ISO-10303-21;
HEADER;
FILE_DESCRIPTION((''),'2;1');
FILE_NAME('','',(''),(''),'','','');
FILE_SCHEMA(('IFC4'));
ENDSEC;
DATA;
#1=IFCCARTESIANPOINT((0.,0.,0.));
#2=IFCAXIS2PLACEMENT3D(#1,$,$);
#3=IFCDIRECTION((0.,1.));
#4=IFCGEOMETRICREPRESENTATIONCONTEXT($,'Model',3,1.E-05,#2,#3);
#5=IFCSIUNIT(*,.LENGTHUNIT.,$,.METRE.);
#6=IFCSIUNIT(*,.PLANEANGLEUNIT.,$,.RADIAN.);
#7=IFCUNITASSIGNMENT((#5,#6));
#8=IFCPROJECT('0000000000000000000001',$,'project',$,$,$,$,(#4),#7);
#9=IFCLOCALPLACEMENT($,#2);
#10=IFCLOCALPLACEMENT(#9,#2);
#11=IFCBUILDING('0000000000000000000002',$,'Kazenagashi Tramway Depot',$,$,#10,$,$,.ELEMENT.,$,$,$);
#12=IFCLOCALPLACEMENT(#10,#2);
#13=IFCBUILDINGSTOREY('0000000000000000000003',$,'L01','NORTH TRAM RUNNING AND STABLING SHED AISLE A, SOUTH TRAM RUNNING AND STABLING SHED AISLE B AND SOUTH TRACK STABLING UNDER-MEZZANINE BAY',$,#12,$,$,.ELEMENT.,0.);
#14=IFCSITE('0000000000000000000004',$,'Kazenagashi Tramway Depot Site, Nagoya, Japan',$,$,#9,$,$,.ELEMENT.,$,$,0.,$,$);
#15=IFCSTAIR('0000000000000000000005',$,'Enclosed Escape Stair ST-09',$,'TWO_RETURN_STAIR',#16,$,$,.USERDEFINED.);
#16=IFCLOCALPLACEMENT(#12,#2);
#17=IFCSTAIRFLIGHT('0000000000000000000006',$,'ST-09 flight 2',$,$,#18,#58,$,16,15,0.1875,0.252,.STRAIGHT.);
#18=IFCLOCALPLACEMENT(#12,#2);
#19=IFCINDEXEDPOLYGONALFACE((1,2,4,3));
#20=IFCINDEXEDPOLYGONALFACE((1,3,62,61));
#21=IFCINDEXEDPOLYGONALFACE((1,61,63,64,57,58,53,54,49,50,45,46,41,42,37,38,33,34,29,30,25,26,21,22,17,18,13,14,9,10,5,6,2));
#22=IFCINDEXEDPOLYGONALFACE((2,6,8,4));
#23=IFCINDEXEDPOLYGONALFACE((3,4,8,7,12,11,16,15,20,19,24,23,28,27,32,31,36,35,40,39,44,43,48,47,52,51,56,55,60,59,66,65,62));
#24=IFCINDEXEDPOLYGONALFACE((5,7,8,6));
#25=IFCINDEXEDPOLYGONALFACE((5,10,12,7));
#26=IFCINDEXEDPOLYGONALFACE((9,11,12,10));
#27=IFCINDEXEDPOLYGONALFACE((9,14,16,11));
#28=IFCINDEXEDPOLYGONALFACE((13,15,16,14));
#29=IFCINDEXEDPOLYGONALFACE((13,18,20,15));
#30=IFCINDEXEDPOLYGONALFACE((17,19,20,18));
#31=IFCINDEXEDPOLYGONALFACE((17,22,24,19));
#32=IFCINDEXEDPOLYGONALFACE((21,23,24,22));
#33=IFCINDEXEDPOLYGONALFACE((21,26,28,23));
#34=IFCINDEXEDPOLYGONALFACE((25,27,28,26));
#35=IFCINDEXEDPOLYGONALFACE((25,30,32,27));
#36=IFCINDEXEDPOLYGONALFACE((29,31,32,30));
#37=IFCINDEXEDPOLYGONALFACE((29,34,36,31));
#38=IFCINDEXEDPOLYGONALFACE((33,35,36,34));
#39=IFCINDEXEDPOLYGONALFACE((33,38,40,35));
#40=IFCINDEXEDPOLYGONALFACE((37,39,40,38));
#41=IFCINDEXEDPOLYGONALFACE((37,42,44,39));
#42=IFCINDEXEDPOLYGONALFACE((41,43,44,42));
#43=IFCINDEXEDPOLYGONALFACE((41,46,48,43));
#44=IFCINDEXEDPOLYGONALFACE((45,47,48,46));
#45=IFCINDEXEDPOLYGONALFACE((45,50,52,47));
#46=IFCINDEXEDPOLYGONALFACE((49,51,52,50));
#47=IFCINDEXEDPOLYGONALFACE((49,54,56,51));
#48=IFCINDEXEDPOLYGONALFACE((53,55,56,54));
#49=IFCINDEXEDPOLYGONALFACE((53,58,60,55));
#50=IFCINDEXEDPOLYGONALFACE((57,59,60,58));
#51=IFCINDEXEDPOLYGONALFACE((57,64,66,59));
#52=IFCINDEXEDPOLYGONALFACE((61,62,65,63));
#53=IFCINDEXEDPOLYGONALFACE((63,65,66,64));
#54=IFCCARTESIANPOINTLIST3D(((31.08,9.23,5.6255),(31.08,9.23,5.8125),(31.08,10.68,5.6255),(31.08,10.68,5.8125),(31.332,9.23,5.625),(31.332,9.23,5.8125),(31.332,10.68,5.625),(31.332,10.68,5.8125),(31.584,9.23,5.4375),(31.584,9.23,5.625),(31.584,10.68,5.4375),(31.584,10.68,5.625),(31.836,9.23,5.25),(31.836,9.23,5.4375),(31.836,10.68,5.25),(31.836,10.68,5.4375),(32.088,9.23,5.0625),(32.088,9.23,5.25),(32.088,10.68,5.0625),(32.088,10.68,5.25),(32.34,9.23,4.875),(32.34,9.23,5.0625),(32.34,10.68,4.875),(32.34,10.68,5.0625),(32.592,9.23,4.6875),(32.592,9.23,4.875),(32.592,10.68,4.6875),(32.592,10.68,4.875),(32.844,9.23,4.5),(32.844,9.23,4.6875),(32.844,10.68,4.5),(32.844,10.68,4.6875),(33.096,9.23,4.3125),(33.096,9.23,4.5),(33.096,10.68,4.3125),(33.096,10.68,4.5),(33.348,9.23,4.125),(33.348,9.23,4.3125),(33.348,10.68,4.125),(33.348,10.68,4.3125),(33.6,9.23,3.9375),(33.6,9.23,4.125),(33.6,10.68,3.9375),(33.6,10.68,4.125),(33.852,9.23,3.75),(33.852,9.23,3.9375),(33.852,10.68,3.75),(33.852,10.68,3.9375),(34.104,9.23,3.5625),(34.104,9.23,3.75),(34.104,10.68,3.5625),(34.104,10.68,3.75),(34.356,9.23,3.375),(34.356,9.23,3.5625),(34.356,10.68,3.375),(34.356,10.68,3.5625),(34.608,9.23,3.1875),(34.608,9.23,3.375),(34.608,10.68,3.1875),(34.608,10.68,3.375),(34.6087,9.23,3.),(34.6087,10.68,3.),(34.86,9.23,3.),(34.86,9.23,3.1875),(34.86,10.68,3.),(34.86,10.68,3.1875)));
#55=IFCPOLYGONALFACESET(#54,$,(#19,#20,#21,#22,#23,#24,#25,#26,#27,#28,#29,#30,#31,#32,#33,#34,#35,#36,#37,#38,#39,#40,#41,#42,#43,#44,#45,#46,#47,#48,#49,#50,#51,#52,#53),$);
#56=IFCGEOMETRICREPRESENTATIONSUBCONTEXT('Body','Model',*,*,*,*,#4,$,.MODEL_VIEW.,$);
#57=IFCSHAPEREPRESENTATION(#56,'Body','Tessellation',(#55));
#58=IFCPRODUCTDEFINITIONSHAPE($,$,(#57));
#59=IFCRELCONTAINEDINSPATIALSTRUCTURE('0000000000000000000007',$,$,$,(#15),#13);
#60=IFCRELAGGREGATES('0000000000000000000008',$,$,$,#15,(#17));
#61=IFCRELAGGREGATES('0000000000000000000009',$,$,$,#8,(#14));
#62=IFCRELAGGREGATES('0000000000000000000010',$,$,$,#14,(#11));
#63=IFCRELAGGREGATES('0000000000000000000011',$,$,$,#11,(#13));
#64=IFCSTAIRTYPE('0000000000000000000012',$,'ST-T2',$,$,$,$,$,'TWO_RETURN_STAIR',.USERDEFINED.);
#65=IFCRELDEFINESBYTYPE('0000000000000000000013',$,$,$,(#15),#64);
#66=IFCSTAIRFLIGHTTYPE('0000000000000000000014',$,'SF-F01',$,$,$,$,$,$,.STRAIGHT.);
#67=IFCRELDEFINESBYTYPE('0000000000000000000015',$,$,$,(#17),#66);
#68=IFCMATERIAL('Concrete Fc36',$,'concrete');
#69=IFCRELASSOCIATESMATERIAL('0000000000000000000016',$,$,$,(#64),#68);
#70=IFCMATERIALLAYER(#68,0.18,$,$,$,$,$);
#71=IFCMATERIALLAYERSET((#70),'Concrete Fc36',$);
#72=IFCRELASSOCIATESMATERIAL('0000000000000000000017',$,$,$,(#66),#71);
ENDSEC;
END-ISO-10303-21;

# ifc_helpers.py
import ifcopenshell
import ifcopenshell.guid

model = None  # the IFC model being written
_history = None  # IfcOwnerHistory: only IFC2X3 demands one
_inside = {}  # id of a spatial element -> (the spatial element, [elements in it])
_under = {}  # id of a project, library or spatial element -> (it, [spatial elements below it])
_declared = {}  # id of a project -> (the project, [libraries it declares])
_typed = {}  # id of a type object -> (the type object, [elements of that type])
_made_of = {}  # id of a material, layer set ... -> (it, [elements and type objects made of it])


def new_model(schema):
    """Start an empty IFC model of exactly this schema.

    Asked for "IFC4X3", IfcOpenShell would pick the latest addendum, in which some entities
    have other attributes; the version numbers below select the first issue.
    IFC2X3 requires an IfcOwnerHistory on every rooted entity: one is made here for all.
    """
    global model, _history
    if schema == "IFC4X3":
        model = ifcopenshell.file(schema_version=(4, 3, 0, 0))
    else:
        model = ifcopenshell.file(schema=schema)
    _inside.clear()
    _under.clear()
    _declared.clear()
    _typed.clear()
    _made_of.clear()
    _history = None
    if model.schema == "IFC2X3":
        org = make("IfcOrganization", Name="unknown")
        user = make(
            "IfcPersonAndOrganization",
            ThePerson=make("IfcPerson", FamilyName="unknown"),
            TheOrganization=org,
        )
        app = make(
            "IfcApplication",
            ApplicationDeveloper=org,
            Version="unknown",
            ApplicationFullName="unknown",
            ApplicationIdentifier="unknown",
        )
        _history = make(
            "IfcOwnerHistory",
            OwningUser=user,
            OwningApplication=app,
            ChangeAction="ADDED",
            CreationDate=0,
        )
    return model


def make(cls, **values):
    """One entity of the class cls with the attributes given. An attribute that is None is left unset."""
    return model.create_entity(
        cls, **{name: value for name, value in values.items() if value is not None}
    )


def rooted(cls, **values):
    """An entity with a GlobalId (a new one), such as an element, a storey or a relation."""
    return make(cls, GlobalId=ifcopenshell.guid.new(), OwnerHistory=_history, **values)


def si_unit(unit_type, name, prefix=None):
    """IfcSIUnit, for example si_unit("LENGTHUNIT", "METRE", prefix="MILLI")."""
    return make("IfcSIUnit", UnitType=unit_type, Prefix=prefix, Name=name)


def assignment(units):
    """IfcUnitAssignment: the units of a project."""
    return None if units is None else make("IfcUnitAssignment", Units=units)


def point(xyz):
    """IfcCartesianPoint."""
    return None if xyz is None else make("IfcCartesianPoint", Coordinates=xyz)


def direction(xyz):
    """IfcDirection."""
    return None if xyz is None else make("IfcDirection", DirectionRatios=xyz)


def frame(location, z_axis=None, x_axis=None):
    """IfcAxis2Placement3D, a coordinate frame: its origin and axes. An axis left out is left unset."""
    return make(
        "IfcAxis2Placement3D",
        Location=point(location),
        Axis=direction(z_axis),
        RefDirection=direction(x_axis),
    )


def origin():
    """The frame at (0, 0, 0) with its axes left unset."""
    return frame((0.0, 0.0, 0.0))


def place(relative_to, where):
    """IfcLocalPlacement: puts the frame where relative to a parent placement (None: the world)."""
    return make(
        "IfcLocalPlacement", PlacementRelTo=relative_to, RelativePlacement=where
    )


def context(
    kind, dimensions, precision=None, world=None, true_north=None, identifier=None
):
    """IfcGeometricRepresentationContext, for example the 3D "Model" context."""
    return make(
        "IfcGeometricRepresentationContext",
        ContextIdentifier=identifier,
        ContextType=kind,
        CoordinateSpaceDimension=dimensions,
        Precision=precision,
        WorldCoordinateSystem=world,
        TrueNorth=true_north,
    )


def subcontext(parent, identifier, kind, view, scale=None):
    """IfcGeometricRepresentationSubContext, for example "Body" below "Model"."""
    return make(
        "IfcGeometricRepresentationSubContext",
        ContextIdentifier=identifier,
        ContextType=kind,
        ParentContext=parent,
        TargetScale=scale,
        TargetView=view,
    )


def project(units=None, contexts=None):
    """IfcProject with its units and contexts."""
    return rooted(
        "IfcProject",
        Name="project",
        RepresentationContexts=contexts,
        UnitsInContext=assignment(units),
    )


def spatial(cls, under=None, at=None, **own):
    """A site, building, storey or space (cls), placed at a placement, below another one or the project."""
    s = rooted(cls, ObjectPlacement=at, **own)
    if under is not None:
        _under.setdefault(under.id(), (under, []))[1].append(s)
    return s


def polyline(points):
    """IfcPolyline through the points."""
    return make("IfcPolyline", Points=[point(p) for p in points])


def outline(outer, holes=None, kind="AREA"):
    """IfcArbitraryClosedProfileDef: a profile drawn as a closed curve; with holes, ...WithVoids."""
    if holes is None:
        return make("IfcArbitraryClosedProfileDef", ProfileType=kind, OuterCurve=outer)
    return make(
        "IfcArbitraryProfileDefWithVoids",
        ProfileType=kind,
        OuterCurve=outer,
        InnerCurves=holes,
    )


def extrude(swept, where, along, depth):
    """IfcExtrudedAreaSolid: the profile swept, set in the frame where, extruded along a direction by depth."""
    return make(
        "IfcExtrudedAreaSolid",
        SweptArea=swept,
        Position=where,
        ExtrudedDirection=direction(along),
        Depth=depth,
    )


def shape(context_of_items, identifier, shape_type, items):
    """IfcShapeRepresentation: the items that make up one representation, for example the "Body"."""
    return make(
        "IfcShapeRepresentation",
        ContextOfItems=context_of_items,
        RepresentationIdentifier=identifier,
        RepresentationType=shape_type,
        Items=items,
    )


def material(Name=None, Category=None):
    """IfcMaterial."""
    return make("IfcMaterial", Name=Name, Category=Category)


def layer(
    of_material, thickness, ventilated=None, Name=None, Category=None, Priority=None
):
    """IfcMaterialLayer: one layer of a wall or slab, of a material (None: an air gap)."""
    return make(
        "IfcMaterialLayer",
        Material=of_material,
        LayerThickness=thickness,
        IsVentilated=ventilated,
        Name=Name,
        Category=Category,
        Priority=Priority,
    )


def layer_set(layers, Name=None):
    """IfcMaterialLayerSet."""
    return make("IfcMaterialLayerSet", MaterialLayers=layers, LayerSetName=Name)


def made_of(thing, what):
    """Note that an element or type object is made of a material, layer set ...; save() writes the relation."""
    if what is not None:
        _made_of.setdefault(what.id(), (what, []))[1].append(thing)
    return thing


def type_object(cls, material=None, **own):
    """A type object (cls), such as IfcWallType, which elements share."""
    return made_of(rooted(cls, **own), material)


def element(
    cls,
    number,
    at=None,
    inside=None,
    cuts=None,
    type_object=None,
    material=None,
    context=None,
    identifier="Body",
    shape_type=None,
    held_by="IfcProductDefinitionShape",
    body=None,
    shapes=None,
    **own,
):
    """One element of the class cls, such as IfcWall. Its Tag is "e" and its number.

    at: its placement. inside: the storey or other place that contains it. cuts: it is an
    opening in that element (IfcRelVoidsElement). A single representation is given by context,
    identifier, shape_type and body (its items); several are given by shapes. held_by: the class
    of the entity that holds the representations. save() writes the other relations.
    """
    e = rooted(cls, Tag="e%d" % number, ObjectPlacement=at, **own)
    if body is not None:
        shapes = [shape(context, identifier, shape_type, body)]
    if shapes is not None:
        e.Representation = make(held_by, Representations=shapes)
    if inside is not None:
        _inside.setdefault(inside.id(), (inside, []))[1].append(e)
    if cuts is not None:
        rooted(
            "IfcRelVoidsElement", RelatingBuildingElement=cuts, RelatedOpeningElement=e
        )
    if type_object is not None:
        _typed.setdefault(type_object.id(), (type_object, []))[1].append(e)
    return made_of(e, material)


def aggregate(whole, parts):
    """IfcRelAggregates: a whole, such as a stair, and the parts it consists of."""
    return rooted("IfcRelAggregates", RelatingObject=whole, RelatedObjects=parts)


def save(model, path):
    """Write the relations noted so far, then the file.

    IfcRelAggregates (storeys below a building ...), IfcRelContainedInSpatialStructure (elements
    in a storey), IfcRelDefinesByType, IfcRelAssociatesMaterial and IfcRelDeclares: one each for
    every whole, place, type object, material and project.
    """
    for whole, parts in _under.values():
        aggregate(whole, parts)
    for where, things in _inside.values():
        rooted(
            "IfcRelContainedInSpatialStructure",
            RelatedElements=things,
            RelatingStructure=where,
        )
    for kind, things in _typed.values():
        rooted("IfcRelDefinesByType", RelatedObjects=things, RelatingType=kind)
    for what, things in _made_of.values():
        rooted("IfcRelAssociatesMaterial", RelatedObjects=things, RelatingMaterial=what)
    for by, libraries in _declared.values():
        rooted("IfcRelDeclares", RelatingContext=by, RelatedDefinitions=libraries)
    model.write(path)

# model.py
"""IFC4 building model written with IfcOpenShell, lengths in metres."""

from ifc_helpers import new_model, si_unit, direction, frame, origin, place, context, subcontext, project, spatial, polyline, outline, extrude, material, layer, layer_set, type_object, element, aggregate, save


model = new_model("IFC4")

# Units and contexts
model_context = context("Model", 3, precision=1e-05, world=origin(), true_north=direction((0.0, 1.0)))
body_context = subcontext(model_context, "Body", "Model", "MODEL_VIEW")
ifc_project = project(units=[si_unit("LENGTHUNIT", "METRE"), si_unit("PLANEANGLEUNIT", "RADIAN")], contexts=[model_context])

# Site, building, storey
site_placement = place(None, origin())
site = spatial("IfcSite", under=ifc_project, at=site_placement, Name="Kazenagashi Tramway Depot Site, Nagoya, Japan", CompositionType="ELEMENT", RefElevation=0.0)
building_placement = place(site_placement, origin())
building = spatial("IfcBuilding", under=site, at=building_placement, Name="Kazenagashi Tramway Depot", CompositionType="ELEMENT")
storey_placement = place(building_placement, origin())
storey = spatial("IfcBuildingStorey", under=building, at=storey_placement, Name="L01", Description="NORTH TRAM RUNNING AND STABLING SHED AISLE A, SOUTH TRAM RUNNING AND STABLING SHED AISLE B AND SOUTH TRACK STABLING UNDER-MEZZANINE BAY", CompositionType="ELEMENT", Elevation=0.0)

# Shared definitions
ifc_material_1 = material(Name="Concrete Fc36", Category="concrete")

# Stair, stair flight
stair_type = type_object("IfcStairType", Name="ST-T2", ElementType="TWO_RETURN_STAIR", PredefinedType="USERDEFINED", material=ifc_material_1)
stair_placement = place(storey_placement, origin())
stair = element("IfcStair", 1, at=stair_placement, inside=storey, type_object=stair_type, Name="Enclosed Escape Stair ST-09", ObjectType="TWO_RETURN_STAIR", PredefinedType="USERDEFINED")
ifc_layer_1 = layer(ifc_material_1, 0.18)
ifc_layer_set_1 = layer_set([ifc_layer_1], Name="Concrete Fc36")
stair_flight_type = type_object("IfcStairFlightType", Name="SF-F01", PredefinedType="STRAIGHT", material=ifc_layer_set_1)
stair_flight_placement = place(storey_placement, frame((34.86, 9.955, 3.0), z_axis=(0.0, 0.0, 1.0), x_axis=(-1.0, 0.0, 0.0)))
stair_flight = element("IfcStairFlight", 2, at=stair_flight_placement, type_object=stair_flight_type, Name="ST-09 flight 2", NumberOfRisers=16, NumberOfTreads=15, PredefinedType="STRAIGHT", RiserHeight=0.1875, TreadLength=0.252, context=body_context, shape_type="SweptSolid", body=[
    extrude(outline(polyline([(0.0, 0.0), (0.0, 0.1875), (0.252, 0.1875), (0.252, 0.375), (0.504, 0.375), (0.504, 0.5625), (0.756, 0.5625), (0.756, 0.75), (1.008, 0.75), (1.008, 0.9375), (1.26, 0.9375), (1.26, 1.125), (1.512, 1.125), (1.512, 1.3125), (1.764, 1.3125), (1.764, 1.5), (2.016, 1.5), (2.016, 1.6875), (2.268, 1.6875), (2.268, 1.875), (2.52, 1.875), (2.52, 2.0625), (2.772, 2.0625), (2.772, 2.25), (3.024, 2.25), (3.024, 2.4375), (3.276, 2.4375), (3.276, 2.625), (3.528, 2.625), (3.528, 2.8125), (3.78, 2.8125), (3.78, 3.0), (3.78, 2.6255), (0.2513, 0.0), (0.0, 0.0)])), frame((0.0, 0.725, 0.0), z_axis=(0.0, -1.0, 0.0), x_axis=(1.0, 0.0, 0.0)), (0.0, 0.0, 1.0), 1.45),
])
aggregate(stair, [stair_flight])

save(model, "model.ifc")
